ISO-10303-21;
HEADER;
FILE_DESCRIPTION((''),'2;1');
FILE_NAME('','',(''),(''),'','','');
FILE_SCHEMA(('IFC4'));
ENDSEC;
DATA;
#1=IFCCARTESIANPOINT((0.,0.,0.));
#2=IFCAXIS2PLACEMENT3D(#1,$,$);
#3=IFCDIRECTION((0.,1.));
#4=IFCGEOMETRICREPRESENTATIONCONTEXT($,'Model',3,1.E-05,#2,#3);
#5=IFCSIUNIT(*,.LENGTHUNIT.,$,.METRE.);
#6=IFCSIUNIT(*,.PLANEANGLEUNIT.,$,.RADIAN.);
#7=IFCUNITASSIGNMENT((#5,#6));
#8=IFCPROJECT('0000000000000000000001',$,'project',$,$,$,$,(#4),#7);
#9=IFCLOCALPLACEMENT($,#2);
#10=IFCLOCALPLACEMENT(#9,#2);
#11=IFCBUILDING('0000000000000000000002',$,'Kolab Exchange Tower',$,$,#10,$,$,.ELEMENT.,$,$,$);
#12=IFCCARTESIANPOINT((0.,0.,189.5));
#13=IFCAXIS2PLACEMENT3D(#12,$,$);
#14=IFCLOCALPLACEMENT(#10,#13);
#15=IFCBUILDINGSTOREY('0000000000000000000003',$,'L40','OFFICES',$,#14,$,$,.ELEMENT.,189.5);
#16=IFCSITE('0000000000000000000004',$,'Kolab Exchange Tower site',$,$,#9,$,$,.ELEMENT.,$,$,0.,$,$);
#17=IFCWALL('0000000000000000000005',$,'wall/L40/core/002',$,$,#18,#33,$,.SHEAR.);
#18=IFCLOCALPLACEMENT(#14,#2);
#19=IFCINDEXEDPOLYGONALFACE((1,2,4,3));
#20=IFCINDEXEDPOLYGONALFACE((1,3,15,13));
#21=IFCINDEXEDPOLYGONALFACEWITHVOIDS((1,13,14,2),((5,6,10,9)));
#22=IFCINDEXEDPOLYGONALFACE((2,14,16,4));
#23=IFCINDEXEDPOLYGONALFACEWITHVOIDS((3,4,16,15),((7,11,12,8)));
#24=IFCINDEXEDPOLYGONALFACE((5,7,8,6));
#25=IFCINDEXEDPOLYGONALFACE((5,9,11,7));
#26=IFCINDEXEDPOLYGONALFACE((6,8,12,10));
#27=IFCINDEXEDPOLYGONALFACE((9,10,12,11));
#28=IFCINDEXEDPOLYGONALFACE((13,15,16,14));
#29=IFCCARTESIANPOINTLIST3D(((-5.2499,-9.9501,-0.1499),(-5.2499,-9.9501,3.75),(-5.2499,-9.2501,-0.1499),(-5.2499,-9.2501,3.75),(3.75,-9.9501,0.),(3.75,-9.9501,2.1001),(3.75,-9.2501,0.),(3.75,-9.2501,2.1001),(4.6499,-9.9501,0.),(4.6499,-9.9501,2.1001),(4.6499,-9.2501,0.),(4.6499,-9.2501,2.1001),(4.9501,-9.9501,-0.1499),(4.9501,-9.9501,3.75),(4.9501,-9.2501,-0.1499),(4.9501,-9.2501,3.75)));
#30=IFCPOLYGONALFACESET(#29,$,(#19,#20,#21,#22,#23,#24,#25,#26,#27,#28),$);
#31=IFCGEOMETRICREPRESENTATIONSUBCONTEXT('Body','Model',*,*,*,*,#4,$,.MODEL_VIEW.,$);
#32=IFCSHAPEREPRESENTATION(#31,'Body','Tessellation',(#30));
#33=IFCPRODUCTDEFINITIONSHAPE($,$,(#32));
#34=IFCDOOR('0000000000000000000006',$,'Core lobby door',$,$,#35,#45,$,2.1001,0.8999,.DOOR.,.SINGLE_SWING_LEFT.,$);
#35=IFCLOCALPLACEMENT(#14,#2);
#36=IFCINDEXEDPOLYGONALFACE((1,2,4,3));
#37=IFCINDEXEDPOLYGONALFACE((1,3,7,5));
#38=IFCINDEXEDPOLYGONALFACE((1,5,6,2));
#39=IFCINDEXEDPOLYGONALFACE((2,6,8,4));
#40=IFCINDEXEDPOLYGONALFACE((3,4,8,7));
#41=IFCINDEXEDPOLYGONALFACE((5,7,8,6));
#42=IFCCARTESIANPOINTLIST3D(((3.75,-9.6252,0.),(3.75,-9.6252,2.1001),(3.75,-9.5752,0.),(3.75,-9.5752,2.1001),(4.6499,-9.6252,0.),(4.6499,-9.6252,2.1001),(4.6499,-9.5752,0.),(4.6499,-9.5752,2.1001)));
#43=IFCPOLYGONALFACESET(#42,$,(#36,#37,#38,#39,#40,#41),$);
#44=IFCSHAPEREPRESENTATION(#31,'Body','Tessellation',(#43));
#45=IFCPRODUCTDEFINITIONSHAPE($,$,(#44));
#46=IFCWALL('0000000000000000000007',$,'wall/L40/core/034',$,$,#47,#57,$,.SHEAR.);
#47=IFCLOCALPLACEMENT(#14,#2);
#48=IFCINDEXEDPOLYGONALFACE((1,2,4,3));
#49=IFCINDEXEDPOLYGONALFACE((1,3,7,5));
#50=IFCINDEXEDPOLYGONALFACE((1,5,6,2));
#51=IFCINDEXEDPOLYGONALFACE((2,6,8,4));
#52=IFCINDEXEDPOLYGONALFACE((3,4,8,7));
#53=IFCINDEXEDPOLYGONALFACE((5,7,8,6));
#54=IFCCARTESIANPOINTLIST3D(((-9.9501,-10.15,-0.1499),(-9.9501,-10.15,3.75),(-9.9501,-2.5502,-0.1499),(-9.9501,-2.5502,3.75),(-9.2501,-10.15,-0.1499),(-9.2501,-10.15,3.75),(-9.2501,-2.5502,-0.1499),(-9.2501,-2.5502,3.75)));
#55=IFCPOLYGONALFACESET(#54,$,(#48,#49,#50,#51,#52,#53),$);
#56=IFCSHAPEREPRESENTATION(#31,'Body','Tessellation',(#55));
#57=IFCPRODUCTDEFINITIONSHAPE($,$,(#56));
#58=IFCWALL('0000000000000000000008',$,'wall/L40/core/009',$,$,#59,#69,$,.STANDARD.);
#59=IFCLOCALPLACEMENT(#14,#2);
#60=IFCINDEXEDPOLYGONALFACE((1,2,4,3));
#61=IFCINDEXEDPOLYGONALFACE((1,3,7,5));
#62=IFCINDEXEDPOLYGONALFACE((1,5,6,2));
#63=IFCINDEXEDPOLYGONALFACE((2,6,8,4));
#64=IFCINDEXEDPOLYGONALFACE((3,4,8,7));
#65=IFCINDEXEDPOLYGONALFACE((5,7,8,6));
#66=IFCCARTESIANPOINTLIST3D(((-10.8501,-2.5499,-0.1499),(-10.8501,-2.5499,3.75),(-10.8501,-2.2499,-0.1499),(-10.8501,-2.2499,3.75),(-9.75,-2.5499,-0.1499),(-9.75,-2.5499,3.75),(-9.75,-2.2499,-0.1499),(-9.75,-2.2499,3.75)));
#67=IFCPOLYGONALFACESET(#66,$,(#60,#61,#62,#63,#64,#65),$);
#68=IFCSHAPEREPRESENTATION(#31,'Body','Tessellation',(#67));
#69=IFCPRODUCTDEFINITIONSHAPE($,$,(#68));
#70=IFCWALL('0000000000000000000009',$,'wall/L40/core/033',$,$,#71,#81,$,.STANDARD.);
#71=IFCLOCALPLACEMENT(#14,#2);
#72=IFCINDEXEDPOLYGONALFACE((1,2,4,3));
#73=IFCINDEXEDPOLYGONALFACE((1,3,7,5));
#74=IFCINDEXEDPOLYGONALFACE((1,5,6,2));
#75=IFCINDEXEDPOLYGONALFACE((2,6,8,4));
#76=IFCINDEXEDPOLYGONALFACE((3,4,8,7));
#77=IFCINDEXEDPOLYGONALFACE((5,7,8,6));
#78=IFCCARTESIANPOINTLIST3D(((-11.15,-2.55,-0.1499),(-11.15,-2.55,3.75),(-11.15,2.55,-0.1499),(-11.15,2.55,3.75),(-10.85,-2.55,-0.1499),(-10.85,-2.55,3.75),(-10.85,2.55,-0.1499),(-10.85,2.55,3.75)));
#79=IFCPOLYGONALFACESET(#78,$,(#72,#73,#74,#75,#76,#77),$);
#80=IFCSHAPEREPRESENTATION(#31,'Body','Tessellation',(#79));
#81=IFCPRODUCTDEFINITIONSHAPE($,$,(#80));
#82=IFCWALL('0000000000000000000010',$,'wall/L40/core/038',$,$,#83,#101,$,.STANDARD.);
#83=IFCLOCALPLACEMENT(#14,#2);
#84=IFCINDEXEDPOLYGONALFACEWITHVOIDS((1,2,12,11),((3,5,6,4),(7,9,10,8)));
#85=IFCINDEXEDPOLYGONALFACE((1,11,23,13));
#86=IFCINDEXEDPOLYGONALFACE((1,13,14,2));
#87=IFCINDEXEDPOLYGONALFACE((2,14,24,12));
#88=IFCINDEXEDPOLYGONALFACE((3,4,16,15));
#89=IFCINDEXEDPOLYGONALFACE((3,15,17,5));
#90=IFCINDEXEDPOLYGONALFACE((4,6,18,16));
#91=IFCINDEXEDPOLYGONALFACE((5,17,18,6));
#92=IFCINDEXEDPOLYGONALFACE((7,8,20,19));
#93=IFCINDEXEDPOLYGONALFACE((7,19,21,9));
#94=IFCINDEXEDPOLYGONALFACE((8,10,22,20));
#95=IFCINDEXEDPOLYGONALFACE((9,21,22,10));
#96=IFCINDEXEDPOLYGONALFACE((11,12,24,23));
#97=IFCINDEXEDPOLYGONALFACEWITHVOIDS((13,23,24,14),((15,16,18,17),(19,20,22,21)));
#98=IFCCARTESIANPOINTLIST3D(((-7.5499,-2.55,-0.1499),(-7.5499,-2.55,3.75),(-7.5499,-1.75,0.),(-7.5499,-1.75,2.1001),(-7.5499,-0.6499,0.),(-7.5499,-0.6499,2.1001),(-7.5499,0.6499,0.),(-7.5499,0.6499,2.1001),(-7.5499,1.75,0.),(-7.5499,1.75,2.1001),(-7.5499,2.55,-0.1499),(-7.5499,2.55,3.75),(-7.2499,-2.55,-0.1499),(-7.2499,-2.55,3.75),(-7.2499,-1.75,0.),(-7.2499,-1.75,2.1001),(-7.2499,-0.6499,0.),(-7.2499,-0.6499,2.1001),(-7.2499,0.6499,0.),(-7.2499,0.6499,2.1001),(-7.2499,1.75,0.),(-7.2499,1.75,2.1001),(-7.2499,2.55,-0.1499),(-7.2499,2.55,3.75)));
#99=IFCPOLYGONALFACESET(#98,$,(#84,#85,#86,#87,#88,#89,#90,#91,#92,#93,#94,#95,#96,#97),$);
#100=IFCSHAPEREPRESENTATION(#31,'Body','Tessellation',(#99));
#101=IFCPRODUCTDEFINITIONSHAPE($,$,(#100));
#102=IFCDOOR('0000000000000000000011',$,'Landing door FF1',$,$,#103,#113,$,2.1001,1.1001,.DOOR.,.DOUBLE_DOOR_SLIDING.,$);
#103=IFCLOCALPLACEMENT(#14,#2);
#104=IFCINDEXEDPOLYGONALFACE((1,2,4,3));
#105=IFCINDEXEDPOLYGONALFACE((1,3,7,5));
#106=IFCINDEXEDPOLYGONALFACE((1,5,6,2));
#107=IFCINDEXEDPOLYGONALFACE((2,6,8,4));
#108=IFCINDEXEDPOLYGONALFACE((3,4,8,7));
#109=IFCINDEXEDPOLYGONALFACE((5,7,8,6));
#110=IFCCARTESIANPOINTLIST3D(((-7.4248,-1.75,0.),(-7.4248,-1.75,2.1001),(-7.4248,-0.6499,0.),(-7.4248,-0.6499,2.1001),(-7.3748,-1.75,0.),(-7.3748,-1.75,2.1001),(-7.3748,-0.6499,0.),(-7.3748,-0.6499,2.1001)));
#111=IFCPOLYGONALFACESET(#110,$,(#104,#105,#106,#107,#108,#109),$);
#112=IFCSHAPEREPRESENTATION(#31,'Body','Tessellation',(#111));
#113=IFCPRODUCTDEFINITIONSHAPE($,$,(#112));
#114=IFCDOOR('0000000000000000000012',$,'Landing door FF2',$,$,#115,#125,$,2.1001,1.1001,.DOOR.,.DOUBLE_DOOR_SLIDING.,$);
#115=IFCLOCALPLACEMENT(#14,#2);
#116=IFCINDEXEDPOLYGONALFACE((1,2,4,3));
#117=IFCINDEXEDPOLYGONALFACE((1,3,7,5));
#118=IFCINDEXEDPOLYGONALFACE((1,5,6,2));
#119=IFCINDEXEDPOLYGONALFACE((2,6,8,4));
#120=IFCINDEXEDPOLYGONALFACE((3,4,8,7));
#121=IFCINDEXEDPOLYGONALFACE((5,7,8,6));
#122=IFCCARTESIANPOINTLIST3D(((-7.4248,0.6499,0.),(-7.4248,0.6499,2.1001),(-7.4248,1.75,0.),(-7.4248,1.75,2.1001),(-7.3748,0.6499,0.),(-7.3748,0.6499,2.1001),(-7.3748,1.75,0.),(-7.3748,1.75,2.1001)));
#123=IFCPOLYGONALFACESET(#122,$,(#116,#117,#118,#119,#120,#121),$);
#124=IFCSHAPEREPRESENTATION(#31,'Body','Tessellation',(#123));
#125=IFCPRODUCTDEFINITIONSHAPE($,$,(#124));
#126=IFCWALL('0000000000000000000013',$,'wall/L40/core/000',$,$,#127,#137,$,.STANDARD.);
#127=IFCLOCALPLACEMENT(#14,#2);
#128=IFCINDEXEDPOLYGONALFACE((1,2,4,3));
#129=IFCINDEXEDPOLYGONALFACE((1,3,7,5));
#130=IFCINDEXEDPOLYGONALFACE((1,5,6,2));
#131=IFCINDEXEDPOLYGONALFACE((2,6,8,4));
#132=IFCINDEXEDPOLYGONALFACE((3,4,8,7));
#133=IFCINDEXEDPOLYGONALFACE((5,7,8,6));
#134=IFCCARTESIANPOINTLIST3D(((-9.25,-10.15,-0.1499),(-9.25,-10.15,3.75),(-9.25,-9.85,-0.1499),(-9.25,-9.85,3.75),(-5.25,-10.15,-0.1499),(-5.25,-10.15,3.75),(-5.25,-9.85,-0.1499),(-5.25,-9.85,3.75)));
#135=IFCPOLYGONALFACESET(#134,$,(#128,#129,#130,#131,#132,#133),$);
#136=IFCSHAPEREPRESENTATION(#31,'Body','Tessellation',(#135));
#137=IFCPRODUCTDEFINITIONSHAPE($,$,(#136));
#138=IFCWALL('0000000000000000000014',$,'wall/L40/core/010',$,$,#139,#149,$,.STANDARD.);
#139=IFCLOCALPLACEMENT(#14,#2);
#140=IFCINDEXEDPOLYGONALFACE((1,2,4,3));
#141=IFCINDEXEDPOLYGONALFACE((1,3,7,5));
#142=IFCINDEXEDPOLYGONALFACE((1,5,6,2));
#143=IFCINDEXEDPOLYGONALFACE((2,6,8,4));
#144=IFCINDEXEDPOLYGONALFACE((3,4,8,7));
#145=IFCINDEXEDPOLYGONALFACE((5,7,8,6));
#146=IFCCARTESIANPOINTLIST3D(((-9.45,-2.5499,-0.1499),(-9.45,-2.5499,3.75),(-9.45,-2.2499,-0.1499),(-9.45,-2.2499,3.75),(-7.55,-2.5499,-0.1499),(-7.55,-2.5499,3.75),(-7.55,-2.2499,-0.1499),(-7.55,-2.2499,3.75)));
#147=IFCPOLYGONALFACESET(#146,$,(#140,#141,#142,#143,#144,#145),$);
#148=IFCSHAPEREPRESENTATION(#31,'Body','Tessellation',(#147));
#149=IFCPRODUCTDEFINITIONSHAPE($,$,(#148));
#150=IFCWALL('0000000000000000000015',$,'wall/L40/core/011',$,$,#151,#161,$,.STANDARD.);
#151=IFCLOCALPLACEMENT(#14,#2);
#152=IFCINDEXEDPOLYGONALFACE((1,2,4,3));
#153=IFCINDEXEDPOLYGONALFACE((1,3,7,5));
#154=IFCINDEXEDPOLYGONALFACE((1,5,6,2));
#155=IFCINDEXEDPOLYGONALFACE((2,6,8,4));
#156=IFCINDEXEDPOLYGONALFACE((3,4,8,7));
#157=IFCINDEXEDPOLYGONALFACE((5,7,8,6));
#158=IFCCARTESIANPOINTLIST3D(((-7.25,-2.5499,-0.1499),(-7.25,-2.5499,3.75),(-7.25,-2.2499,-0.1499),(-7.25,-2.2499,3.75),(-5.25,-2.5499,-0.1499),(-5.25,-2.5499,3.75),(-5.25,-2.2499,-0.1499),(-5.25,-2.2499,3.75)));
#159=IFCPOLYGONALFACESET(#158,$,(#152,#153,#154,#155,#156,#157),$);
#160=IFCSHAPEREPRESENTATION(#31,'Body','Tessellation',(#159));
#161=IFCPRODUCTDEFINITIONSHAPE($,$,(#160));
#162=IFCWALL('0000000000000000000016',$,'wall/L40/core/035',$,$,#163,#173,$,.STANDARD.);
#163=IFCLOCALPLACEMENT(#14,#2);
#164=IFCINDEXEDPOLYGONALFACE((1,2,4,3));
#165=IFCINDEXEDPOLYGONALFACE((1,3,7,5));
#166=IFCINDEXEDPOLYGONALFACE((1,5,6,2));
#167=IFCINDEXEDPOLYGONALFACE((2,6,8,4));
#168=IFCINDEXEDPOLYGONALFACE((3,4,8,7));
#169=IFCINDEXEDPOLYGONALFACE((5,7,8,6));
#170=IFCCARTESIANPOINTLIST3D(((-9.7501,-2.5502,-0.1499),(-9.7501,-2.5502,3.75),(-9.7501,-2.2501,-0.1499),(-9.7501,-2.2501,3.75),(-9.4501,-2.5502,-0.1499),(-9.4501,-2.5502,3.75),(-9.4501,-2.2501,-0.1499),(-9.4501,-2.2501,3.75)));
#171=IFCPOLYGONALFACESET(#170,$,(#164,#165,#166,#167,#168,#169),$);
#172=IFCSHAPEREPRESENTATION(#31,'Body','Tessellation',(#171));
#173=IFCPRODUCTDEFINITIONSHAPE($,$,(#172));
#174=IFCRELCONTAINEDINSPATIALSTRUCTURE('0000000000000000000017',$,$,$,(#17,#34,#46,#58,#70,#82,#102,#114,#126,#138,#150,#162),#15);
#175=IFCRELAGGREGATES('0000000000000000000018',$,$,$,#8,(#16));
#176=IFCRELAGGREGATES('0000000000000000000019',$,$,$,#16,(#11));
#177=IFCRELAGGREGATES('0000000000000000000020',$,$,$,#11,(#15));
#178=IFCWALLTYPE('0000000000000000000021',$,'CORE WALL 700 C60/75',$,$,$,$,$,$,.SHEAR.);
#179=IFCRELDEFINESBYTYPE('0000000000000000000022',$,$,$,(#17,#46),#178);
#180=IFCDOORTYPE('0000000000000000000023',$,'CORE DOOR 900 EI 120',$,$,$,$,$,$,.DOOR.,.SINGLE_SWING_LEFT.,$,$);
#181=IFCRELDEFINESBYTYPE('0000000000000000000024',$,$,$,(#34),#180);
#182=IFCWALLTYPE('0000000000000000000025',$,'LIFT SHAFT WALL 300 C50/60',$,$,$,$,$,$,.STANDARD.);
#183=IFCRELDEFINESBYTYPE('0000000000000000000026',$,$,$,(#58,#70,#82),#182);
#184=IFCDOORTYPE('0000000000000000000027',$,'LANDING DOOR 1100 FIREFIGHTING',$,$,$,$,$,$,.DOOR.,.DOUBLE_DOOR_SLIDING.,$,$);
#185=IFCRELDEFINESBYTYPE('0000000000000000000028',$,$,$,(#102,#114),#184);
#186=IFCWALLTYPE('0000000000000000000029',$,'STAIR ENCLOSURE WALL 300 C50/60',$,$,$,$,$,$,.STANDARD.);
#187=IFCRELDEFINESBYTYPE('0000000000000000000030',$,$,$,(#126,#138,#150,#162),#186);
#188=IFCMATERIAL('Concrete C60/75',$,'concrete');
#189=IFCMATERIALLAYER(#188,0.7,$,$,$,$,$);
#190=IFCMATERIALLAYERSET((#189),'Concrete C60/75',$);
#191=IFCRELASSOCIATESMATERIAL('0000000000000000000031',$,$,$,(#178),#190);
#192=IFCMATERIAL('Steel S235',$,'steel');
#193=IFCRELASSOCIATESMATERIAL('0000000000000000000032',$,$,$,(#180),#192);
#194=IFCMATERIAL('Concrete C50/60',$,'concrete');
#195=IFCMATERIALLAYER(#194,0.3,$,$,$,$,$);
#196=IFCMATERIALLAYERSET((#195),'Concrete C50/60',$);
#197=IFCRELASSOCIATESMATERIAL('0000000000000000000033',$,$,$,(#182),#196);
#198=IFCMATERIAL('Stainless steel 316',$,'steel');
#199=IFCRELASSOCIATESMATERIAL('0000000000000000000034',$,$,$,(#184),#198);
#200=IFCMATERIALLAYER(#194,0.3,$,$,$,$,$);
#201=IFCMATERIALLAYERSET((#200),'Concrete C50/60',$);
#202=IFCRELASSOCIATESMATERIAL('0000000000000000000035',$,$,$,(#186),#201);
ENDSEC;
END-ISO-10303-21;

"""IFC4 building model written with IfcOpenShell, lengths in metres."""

from ifc_helpers import new_model, si_unit, direction, frame, frame_2d, origin, place, context, subcontext, project, spatial, rectangle, extrude, material, layer, layer_set, type_object, element, fill, save


model = new_model("IFC4")

# Units and contexts
model_context = context("Model", 3, precision=1e-05, world=origin(), true_north=direction((0.0, 1.0)))
body_context = subcontext(model_context, "Body", "Model", "MODEL_VIEW")
ifc_project = project(units=[si_unit("LENGTHUNIT", "METRE"), si_unit("PLANEANGLEUNIT", "RADIAN")], contexts=[model_context])

# Site, building, storey
site_placement = place(None, origin())
site = spatial("IfcSite", under=ifc_project, at=site_placement, Name="Kolab Exchange Tower site", CompositionType="ELEMENT", RefElevation=0.0)
building_placement = place(site_placement, origin())
building = spatial("IfcBuilding", under=site, at=building_placement, Name="Kolab Exchange Tower", CompositionType="ELEMENT")
storey_placement = place(building_placement, frame((0.0, 0.0, 189.5)))
storey = spatial("IfcBuildingStorey", under=building, at=storey_placement, Name="L40", Description="OFFICES", CompositionType="ELEMENT", Elevation=189.5)

# Wall, opening, door
ifc_material_1 = material(Name="Concrete C60/75", Category="concrete")
ifc_layer_1 = layer(ifc_material_1, 0.7)
ifc_layer_set_1 = layer_set([ifc_layer_1], Name="Concrete C60/75")
wall_type_1 = type_object("IfcWallType", Name="CORE WALL 700 C60/75", PredefinedType="SHEAR", material=ifc_layer_set_1)
wall_1_placement = place(storey_placement, frame((-5.25, -9.6001, -0.1499), z_axis=(0.0, 0.0, 1.0), x_axis=(1.0, 0.0, 0.0)))
wall_1 = element("IfcWall", 1, at=wall_1_placement, inside=storey, type_object=wall_type_1, Name="wall/L40/core/002", PredefinedType="SHEAR", context=body_context, shape_type="SweptSolid", body=[
    extrude(rectangle(XDim=10.2, YDim=0.7, at=frame_2d((5.1001, 0.0))), origin(), (0.0, 0.0, 1.0), 3.8999),
])
opening_1_placement = place(wall_1_placement, frame((9.0, 0.0, 0.1499)))
opening_1 = element("IfcOpeningElement", 2, at=opening_1_placement, cuts=wall_1, PredefinedType="OPENING", context=body_context, shape_type="SweptSolid", body=[
    extrude(rectangle(XDim=0.8999, YDim=2.1001, at=frame_2d((0.45, 1.05))), frame((0.0, 0.3599, 0.0), z_axis=(0.0, -1.0, 0.0), x_axis=(1.0, 0.0, 0.0)), (0.0, 0.0, 1.0), 0.72),
])
ifc_material_2 = material(Name="Steel S235", Category="steel")
door_type_1 = type_object("IfcDoorType", Name="CORE DOOR 900 EI 120", OperationType="SINGLE_SWING_LEFT", PredefinedType="DOOR", material=ifc_material_2)
door_1_placement = place(opening_1_placement, origin())
door_1 = element("IfcDoor", 3, at=door_1_placement, inside=storey, type_object=door_type_1, Name="Core lobby door", OperationType="SINGLE_SWING_LEFT", OverallHeight=2.1001, OverallWidth=0.8999, PredefinedType="DOOR", context=body_context, shape_type="SweptSolid", body=[
    extrude(rectangle(XDim=0.8999, YDim=2.1001, at=frame_2d((0.45, 1.05))), frame((0.0, 0.0249, 0.0), z_axis=(0.0, -1.0, 0.0), x_axis=(1.0, 0.0, 0.0)), (0.0, 0.0, 1.0), 0.05),
])
fill(opening_1, door_1)

# Walls
wall_2_placement = place(storey_placement, frame((-9.6001, -10.1499, -0.1499), z_axis=(0.0, 0.0, 1.0), x_axis=(0.0, 1.0, 0.0)))
element("IfcWall", 4, at=wall_2_placement, inside=storey, type_object=wall_type_1, Name="wall/L40/core/034", PredefinedType="SHEAR", context=body_context, shape_type="SweptSolid", body=[
    extrude(rectangle(XDim=7.5999, YDim=0.7, at=frame_2d((3.7998, 0.0))), origin(), (0.0, 0.0, 1.0), 3.8999),
])
ifc_material_3 = material(Name="Concrete C50/60", Category="concrete")
ifc_layer_2 = layer(ifc_material_3, 0.3)
ifc_layer_set_2 = layer_set([ifc_layer_2], Name="Concrete C50/60")
wall_type_2 = type_object("IfcWallType", Name="LIFT SHAFT WALL 300 C50/60", PredefinedType="STANDARD", material=ifc_layer_set_2)
wall_3_placement = place(storey_placement, frame((-10.8501, -2.3999, -0.1499), z_axis=(0.0, 0.0, 1.0), x_axis=(1.0, 0.0, 0.0)))
element("IfcWall", 5, at=wall_3_placement, inside=storey, type_object=wall_type_2, Name="wall/L40/core/009", PredefinedType="STANDARD", context=body_context, shape_type="SweptSolid", body=[
    extrude(rectangle(XDim=1.1001, YDim=0.3, at=frame_2d((0.55, 0.0))), origin(), (0.0, 0.0, 1.0), 3.8999),
])
wall_4_placement = place(storey_placement, frame((-11.0, -2.55, -0.1499), z_axis=(0.0, 0.0, 1.0), x_axis=(0.0, 1.0, 0.0)))
element("IfcWall", 6, at=wall_4_placement, inside=storey, type_object=wall_type_2, Name="wall/L40/core/033", PredefinedType="STANDARD", context=body_context, shape_type="SweptSolid", body=[
    extrude(rectangle(XDim=5.1001, YDim=0.3, at=frame_2d((2.55, 0.0))), origin(), (0.0, 0.0, 1.0), 3.8999),
])

# Wall, openings, doors
wall_5_placement = place(storey_placement, frame((-7.3999, -2.55, -0.1499), z_axis=(0.0, 0.0, 1.0), x_axis=(0.0, 1.0, 0.0)))
wall_5 = element("IfcWall", 7, at=wall_5_placement, inside=storey, type_object=wall_type_2, Name="wall/L40/core/038", PredefinedType="STANDARD", context=body_context, shape_type="SweptSolid", body=[
    extrude(rectangle(XDim=5.1001, YDim=0.3, at=frame_2d((2.55, 0.0))), origin(), (0.0, 0.0, 1.0), 3.8999),
])
opening_2_placement = place(wall_5_placement, frame((0.8, 0.0, 0.1499)))
opening_2 = element("IfcOpeningElement", 8, at=opening_2_placement, cuts=wall_5, PredefinedType="OPENING", context=body_context, shape_type="SweptSolid", body=[
    extrude(rectangle(XDim=1.1001, YDim=2.1001, at=frame_2d((0.55, 1.05))), frame((0.0, 0.1602, 0.0), z_axis=(0.0, -1.0, 0.0), x_axis=(1.0, 0.0, 0.0)), (0.0, 0.0, 1.0), 0.3201),
])
opening_3_placement = place(wall_5_placement, frame((3.2, 0.0, 0.1499)))
opening_3 = element("IfcOpeningElement", 9, at=opening_3_placement, cuts=wall_5, PredefinedType="OPENING", context=body_context, shape_type="SweptSolid", body=[
    extrude(rectangle(XDim=1.1001, YDim=2.1001, at=frame_2d((0.55, 1.05))), frame((0.0, 0.1602, 0.0), z_axis=(0.0, -1.0, 0.0), x_axis=(1.0, 0.0, 0.0)), (0.0, 0.0, 1.0), 0.3201),
])
ifc_material_4 = material(Name="Stainless steel 316", Category="steel")
door_type_2 = type_object("IfcDoorType", Name="LANDING DOOR 1100 FIREFIGHTING", OperationType="DOUBLE_DOOR_SLIDING", PredefinedType="DOOR", material=ifc_material_4)
door_2_placement = place(opening_2_placement, origin())
door_2 = element("IfcDoor", 10, at=door_2_placement, inside=storey, type_object=door_type_2, Name="Landing door FF1", OperationType="DOUBLE_DOOR_SLIDING", OverallHeight=2.1001, OverallWidth=1.1001, PredefinedType="DOOR", context=body_context, shape_type="SweptSolid", body=[
    extrude(rectangle(XDim=1.1001, YDim=2.1001, at=frame_2d((0.55, 1.05))), frame((0.0, 0.0249, 0.0), z_axis=(0.0, -1.0, 0.0), x_axis=(1.0, 0.0, 0.0)), (0.0, 0.0, 1.0), 0.05),
])
fill(opening_2, door_2)
door_3_placement = place(opening_3_placement, origin())
door_3 = element("IfcDoor", 11, at=door_3_placement, inside=storey, type_object=door_type_2, Name="Landing door FF2", OperationType="DOUBLE_DOOR_SLIDING", OverallHeight=2.1001, OverallWidth=1.1001, PredefinedType="DOOR", context=body_context, shape_type="SweptSolid", body=[
    extrude(rectangle(XDim=1.1001, YDim=2.1001, at=frame_2d((0.55, 1.05))), frame((0.0, 0.0249, 0.0), z_axis=(0.0, -1.0, 0.0), x_axis=(1.0, 0.0, 0.0)), (0.0, 0.0, 1.0), 0.05),
])
fill(opening_3, door_3)

# Walls
ifc_layer_3 = layer(ifc_material_3, 0.3)
ifc_layer_set_3 = layer_set([ifc_layer_3], Name="Concrete C50/60")
wall_type_3 = type_object("IfcWallType", Name="STAIR ENCLOSURE WALL 300 C50/60", PredefinedType="STANDARD", material=ifc_layer_set_3)
wall_6_placement = place(storey_placement, frame((-9.25, -10.0, -0.1499), z_axis=(0.0, 0.0, 1.0), x_axis=(1.0, 0.0, 0.0)))
element("IfcWall", 12, at=wall_6_placement, inside=storey, type_object=wall_type_3, Name="wall/L40/core/000", PredefinedType="STANDARD", context=body_context, shape_type="SweptSolid", body=[
    extrude(rectangle(XDim=4.0, YDim=0.3, at=frame_2d((2.0, 0.0))), origin(), (0.0, 0.0, 1.0), 3.8999),
])
wall_7_placement = place(storey_placement, frame((-9.45, -2.3999, -0.1499), z_axis=(0.0, 0.0, 1.0), x_axis=(1.0, 0.0, 0.0)))
element("IfcWall", 13, at=wall_7_placement, inside=storey, type_object=wall_type_3, Name="wall/L40/core/010", PredefinedType="STANDARD", context=body_context, shape_type="SweptSolid", body=[
    extrude(rectangle(XDim=1.8999, YDim=0.3, at=frame_2d((0.95, 0.0))), origin(), (0.0, 0.0, 1.0), 3.8999),
])
wall_8_placement = place(storey_placement, frame((-7.25, -2.3999, -0.1499), z_axis=(0.0, 0.0, 1.0), x_axis=(1.0, 0.0, 0.0)))
element("IfcWall", 14, at=wall_8_placement, inside=storey, type_object=wall_type_3, Name="wall/L40/core/011", PredefinedType="STANDARD", context=body_context, shape_type="SweptSolid", body=[
    extrude(rectangle(XDim=2.0, YDim=0.3, at=frame_2d((1.0, 0.0))), origin(), (0.0, 0.0, 1.0), 3.8999),
])
wall_9_placement = place(storey_placement, frame((-9.6001, -2.55, -0.1499), z_axis=(0.0, 0.0, 1.0), x_axis=(0.0, 1.0, 0.0)))
element("IfcWall", 15, at=wall_9_placement, inside=storey, type_object=wall_type_3, Name="wall/L40/core/035", PredefinedType="STANDARD", context=body_context, shape_type="SweptSolid", body=[
    extrude(rectangle(XDim=0.3, YDim=0.3, at=frame_2d((0.1499, 0.0))), origin(), (0.0, 0.0, 1.0), 3.8999),
])

save(model, "model.ifc")
